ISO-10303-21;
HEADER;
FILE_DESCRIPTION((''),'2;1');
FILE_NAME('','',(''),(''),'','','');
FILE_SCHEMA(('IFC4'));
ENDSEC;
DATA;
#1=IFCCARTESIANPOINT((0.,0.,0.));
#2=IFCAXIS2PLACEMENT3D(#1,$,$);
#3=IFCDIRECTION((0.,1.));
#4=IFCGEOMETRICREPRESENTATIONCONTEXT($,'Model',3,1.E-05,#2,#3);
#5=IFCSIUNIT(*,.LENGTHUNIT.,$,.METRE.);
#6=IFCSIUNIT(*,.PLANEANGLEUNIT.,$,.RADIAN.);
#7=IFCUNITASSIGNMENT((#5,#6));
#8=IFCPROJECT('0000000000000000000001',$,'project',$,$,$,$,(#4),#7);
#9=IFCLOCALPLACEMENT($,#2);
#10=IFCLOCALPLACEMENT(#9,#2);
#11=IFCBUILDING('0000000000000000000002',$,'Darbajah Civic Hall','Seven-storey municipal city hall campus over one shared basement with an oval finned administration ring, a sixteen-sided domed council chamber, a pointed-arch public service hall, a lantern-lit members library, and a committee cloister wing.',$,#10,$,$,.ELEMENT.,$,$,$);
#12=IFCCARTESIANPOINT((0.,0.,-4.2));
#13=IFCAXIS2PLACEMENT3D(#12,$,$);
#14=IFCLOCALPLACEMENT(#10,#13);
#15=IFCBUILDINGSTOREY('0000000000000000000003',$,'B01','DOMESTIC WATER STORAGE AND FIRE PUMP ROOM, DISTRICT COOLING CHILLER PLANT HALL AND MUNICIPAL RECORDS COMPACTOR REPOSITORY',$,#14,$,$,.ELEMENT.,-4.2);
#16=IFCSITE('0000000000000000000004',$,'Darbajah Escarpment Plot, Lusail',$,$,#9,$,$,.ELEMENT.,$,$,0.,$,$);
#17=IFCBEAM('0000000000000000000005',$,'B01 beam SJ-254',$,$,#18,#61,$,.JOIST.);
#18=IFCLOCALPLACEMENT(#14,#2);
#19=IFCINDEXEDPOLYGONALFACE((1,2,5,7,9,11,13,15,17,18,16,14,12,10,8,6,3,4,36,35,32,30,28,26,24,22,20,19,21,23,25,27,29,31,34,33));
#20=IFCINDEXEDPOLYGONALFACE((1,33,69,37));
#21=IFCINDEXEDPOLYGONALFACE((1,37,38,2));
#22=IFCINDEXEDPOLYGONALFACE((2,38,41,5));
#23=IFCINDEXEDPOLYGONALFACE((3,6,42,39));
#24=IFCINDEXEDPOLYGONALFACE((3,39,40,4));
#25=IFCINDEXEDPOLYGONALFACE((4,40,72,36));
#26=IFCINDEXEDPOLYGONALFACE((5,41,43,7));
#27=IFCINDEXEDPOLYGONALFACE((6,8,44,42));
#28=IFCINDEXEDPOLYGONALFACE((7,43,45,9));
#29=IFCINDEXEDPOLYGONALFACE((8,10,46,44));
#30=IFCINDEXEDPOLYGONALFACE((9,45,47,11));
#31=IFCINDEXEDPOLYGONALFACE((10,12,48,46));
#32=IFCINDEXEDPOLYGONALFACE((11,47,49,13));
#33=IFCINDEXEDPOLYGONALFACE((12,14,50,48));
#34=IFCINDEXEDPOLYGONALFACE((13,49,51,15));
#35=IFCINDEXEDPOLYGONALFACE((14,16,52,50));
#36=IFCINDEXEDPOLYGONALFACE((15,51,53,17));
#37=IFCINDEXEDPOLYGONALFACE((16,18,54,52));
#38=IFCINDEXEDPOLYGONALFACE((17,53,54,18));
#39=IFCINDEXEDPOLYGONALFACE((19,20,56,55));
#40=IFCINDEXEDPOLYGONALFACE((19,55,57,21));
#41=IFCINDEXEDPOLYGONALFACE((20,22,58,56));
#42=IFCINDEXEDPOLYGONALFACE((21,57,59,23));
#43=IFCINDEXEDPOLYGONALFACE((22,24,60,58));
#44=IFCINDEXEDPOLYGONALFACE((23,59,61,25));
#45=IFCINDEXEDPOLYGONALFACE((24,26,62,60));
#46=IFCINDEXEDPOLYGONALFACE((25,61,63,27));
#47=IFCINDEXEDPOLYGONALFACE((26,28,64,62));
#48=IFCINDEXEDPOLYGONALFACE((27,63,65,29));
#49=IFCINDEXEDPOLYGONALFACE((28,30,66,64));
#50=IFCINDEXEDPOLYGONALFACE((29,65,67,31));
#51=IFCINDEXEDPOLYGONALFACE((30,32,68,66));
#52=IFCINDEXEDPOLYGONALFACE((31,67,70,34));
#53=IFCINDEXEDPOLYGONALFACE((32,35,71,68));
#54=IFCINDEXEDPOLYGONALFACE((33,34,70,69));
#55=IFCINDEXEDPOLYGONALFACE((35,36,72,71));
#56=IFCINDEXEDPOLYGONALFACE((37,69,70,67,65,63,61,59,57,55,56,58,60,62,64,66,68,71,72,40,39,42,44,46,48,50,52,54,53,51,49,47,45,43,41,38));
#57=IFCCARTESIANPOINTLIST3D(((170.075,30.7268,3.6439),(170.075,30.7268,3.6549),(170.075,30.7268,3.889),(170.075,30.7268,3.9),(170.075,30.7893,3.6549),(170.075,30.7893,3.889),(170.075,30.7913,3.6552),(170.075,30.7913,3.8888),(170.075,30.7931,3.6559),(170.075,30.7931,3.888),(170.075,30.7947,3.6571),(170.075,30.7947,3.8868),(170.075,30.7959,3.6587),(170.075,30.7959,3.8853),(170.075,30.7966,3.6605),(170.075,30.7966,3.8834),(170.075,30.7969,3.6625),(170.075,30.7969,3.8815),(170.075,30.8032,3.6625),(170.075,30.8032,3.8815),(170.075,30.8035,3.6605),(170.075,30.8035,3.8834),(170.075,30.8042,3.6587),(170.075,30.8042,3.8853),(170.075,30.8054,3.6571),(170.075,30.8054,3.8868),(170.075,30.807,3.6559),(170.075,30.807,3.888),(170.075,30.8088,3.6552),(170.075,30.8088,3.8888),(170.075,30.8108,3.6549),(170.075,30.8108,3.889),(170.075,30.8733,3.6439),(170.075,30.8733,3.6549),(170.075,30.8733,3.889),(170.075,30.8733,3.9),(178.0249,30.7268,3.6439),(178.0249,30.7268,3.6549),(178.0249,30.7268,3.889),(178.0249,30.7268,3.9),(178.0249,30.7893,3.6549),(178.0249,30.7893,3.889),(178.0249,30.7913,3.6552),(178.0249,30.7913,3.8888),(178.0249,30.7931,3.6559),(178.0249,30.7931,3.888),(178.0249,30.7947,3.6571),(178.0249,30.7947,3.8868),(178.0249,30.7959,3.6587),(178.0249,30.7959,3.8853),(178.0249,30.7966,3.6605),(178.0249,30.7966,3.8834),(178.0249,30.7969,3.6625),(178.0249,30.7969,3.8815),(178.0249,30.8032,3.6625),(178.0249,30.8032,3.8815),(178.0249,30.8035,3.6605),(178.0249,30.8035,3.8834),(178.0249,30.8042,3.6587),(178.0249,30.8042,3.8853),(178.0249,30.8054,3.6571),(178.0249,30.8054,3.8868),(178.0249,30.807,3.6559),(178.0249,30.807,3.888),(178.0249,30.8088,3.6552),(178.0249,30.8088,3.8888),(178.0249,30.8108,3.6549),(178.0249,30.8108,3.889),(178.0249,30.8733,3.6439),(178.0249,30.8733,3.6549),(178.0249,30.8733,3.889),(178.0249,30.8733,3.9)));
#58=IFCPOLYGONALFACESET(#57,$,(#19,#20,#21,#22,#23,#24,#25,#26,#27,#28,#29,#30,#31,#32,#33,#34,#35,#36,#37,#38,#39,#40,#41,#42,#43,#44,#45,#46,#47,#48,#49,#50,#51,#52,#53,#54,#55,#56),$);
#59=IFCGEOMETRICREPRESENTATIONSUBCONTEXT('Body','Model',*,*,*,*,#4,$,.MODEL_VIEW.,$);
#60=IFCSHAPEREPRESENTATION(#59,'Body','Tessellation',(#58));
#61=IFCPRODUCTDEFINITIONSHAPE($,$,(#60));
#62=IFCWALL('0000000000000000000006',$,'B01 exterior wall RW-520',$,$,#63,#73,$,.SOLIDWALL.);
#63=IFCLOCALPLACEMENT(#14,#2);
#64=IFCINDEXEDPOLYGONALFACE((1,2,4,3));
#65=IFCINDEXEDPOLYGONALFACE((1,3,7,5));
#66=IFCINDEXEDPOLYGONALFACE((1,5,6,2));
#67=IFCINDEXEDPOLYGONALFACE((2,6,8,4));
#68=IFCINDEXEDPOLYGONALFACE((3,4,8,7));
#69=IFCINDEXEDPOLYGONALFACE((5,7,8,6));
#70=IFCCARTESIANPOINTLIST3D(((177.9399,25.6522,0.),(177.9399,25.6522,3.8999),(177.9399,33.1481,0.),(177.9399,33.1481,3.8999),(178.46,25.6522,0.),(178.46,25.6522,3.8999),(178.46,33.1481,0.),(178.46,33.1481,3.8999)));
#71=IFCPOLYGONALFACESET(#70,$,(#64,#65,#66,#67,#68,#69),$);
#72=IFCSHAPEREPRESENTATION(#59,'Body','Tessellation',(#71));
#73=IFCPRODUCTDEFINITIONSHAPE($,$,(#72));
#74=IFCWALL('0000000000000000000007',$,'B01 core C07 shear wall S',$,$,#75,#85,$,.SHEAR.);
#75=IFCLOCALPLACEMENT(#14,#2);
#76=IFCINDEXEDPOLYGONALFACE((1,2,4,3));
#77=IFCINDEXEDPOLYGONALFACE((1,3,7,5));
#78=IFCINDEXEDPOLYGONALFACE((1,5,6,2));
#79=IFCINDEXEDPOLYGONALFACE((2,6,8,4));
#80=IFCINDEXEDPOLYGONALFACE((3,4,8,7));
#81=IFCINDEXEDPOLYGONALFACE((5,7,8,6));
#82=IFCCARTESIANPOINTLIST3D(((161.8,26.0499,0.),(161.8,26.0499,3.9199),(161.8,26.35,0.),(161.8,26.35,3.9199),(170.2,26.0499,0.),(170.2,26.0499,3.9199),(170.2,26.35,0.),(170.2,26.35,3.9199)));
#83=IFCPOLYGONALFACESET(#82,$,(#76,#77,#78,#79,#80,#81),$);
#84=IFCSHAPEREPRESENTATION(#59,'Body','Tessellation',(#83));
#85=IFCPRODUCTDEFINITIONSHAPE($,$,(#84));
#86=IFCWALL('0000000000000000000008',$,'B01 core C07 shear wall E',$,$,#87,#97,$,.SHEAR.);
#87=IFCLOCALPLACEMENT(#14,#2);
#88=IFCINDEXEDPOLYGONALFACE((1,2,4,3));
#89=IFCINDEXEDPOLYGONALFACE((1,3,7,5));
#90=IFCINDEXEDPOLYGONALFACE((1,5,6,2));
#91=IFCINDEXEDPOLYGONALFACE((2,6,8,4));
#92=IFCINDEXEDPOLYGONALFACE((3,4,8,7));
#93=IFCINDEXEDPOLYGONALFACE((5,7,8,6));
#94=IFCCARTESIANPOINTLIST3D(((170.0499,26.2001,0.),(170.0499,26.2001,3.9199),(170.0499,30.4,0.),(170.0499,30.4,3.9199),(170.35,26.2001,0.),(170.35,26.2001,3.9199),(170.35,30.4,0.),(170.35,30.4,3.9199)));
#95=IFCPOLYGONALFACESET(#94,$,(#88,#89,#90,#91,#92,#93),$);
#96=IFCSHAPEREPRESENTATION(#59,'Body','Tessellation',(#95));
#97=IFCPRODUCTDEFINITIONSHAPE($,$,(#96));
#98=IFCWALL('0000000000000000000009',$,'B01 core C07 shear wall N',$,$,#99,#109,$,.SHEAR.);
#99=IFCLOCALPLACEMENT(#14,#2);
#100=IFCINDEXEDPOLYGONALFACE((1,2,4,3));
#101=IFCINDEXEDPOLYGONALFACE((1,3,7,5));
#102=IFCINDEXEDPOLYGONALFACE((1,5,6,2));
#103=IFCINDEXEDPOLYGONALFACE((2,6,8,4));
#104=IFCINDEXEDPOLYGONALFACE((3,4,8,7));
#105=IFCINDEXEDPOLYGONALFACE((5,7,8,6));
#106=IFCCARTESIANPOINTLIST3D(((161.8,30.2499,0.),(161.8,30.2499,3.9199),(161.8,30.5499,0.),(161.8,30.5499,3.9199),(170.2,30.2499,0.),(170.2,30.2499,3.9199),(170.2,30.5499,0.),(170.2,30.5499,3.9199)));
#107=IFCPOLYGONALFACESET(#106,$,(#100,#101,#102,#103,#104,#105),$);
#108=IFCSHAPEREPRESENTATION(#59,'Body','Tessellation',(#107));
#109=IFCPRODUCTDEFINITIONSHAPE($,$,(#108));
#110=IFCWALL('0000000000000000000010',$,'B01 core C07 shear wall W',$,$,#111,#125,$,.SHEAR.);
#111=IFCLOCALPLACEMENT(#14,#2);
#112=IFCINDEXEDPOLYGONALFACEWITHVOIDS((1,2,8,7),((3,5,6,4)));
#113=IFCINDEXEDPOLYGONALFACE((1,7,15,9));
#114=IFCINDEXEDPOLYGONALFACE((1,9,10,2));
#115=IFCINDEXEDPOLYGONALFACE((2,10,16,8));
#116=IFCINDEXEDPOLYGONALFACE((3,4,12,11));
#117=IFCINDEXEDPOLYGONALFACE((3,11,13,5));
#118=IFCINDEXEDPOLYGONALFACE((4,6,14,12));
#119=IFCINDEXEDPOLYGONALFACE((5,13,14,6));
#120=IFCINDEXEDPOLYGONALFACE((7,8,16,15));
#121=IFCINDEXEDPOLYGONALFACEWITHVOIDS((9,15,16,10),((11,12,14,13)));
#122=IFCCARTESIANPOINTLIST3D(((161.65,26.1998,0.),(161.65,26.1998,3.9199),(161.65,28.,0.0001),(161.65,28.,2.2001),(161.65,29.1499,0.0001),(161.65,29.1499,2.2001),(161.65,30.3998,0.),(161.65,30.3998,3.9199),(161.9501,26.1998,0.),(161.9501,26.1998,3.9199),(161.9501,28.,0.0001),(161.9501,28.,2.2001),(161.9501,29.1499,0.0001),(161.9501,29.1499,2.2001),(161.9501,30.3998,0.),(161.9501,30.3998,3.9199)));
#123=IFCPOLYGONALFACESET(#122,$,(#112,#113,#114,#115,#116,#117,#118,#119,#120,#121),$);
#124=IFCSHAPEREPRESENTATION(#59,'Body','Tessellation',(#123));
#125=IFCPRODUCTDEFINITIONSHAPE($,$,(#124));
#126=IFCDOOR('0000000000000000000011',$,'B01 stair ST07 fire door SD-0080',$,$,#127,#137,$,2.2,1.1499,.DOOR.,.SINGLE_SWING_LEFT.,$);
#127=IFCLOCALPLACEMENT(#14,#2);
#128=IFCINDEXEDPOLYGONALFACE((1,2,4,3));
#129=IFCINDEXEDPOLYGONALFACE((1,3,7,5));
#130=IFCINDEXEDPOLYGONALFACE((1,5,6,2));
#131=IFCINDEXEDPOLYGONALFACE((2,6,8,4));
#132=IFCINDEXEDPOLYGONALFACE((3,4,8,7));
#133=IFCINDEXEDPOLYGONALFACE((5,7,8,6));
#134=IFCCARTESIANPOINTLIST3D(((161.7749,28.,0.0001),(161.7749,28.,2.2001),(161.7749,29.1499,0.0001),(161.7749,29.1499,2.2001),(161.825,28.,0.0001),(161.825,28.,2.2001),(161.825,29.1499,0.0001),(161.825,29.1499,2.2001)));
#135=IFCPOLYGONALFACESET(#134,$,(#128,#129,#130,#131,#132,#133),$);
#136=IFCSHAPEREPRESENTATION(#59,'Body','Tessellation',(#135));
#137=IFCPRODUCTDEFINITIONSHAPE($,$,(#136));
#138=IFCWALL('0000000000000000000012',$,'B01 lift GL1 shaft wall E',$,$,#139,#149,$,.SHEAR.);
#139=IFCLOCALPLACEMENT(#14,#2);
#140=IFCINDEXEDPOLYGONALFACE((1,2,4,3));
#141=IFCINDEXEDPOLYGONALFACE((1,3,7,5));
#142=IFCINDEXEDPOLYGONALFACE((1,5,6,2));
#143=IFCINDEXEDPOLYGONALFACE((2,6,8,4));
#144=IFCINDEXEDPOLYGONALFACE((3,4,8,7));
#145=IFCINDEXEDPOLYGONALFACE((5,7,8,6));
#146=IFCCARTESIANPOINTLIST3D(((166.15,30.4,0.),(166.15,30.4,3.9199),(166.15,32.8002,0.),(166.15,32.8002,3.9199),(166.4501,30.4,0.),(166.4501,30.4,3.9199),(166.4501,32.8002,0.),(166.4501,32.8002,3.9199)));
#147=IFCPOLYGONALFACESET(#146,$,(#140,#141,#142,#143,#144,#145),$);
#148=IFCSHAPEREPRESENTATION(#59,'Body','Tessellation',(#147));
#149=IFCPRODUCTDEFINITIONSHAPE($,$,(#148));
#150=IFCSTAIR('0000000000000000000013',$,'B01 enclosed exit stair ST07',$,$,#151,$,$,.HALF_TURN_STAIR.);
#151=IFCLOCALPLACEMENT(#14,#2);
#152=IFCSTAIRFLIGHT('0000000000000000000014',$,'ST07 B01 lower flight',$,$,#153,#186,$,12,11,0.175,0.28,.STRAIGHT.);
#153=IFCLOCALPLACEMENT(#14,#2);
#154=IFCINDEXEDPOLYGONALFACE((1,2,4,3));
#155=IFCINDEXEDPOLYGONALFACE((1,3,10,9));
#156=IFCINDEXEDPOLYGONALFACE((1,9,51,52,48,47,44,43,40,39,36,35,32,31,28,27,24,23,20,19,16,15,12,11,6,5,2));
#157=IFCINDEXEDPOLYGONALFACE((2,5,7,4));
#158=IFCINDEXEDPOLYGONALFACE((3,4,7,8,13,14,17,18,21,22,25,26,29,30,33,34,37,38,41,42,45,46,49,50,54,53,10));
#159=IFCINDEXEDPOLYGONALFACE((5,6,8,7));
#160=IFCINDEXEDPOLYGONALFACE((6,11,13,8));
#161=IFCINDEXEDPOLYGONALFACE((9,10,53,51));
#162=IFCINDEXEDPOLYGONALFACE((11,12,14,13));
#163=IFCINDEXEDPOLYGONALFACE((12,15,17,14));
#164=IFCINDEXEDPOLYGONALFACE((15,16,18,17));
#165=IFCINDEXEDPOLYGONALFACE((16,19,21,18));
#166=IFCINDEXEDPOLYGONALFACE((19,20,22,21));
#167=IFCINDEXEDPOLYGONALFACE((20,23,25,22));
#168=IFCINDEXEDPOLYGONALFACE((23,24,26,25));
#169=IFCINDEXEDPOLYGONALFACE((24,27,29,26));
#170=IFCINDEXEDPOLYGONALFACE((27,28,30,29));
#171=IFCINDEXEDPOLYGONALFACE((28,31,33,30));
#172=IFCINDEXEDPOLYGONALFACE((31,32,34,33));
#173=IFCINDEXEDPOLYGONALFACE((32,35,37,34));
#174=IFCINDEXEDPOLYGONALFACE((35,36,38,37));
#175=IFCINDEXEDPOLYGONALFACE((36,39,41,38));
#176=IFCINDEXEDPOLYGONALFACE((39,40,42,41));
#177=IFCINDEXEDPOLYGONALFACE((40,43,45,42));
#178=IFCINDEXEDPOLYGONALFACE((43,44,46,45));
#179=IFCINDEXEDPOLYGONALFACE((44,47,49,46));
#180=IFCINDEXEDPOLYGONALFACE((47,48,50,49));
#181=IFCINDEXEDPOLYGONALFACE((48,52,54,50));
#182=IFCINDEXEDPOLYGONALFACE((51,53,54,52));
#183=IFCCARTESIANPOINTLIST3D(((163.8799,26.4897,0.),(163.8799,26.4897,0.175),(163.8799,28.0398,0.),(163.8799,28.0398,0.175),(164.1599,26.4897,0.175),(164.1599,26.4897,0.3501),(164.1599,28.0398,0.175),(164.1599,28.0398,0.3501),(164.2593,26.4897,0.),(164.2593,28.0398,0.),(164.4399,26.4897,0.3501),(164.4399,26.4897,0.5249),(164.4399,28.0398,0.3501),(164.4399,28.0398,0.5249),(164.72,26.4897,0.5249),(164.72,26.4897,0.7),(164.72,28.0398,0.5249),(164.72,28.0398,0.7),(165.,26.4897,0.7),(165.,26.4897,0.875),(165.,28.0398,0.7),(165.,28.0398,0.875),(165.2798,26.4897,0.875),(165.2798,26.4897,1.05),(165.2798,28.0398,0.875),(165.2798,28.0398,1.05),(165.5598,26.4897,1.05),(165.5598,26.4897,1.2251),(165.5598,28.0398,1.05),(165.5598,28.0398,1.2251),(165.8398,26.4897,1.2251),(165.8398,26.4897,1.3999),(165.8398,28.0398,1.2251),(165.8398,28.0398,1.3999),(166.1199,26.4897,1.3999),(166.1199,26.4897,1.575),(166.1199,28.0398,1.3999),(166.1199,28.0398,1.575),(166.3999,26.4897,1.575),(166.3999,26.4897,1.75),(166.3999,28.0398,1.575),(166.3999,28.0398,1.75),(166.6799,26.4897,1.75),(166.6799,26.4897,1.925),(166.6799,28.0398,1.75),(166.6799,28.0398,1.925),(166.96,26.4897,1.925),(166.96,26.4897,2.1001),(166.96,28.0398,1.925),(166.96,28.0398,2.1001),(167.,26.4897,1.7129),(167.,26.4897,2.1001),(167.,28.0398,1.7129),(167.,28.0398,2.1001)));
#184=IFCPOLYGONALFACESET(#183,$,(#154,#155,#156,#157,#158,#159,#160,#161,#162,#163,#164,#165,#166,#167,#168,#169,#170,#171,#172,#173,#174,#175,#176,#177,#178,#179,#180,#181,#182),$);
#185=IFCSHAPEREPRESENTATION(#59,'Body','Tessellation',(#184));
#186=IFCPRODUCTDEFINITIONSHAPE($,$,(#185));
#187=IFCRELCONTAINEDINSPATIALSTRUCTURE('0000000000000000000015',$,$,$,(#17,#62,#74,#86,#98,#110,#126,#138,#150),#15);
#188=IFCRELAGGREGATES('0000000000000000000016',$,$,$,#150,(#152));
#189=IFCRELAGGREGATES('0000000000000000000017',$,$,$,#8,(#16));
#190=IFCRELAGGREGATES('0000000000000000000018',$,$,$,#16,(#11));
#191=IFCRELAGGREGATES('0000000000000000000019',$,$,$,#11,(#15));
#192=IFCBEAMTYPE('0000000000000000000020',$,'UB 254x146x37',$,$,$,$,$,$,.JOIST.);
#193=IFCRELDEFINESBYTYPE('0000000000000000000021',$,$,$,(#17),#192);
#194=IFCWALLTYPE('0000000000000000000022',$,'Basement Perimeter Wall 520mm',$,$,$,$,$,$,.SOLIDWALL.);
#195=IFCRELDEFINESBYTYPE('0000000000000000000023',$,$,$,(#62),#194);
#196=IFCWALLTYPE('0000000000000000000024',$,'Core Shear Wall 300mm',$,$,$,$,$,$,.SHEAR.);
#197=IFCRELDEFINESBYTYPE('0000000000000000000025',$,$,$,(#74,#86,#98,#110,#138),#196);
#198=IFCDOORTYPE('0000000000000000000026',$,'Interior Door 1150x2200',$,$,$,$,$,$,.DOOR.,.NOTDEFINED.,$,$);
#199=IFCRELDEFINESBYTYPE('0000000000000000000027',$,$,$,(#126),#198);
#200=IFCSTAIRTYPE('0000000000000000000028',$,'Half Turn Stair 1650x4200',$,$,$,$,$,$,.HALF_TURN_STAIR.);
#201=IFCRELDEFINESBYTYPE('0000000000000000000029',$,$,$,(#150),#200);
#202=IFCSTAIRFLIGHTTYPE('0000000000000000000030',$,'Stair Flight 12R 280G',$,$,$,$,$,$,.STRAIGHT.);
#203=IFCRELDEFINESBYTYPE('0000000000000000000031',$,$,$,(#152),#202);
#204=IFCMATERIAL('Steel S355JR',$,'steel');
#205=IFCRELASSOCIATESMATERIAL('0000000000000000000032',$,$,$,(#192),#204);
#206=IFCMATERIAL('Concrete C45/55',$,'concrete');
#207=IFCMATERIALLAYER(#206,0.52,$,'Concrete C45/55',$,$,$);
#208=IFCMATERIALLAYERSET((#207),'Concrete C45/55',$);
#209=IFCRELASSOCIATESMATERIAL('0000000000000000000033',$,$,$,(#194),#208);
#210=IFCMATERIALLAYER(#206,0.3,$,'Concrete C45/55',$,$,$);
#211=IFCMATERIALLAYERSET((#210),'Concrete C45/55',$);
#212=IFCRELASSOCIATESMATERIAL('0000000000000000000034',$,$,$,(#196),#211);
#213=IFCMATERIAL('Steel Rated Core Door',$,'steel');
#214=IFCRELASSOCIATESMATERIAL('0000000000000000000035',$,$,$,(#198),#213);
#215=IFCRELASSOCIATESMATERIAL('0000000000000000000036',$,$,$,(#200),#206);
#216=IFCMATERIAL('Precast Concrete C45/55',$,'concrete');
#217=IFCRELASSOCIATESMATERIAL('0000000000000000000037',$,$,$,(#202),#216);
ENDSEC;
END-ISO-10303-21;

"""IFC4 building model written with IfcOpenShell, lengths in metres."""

from ifc_helpers import new_model, si_unit, direction, frame, frame_2d, origin, origin_2d, place, context, subcontext, project, spatial, polyline, rectangle, i_section, outline, extrude, material, layer, layer_set, material_profile, profile_set, type_object, element, fill, aggregate, save


model = new_model("IFC4")

# Units and contexts
model_context = context("Model", 3, precision=1e-05, world=origin(), true_north=direction((0.0, 1.0)))
body_context = subcontext(model_context, "Body", "Model", "MODEL_VIEW")
ifc_project = project(units=[si_unit("LENGTHUNIT", "METRE"), si_unit("PLANEANGLEUNIT", "RADIAN")], contexts=[model_context])

# Site, building, storey
site_placement = place(None, origin())
site = spatial("IfcSite", under=ifc_project, at=site_placement, Name="Darbajah Escarpment Plot, Lusail", CompositionType="ELEMENT", RefElevation=0.0)
building_placement = place(site_placement, origin())
building = spatial("IfcBuilding", under=site, at=building_placement, Name="Darbajah Civic Hall", Description="Seven-storey municipal city hall campus over one shared basement with an oval finned administration ring, a sixteen-sided domed council chamber, a pointed-arch public service hall, a lantern-lit members library, and a committee cloister wing.", CompositionType="ELEMENT")
storey_placement = place(building_placement, frame((0.0, 0.0, -4.2)))
storey = spatial("IfcBuildingStorey", under=building, at=storey_placement, Name="B01", Description="DOMESTIC WATER STORAGE AND FIRE PUMP ROOM, DISTRICT COOLING CHILLER PLANT HALL AND MUNICIPAL RECORDS COMPACTOR REPOSITORY", CompositionType="ELEMENT", Elevation=-4.2)

# Shared definitions
ifc_material_1 = material(Name="Concrete C45/55", Category="concrete")

# Beam
ifc_material_2 = material(Name="Steel S355JR", Category="steel")
ifc_material_profile_1 = material_profile(ifc_material_2, i_section(OverallWidth=0.1465, OverallDepth=0.2561, WebThickness=0.0063, FlangeThickness=0.011, FilletRadius=0.0076, at=origin_2d()), Name="UB 254x146x37")
ifc_profile_set_1 = profile_set([ifc_material_profile_1], Name="Steel S355JR")
beam_type_1 = type_object("IfcBeamType", Name="UB 254x146x37", PredefinedType="JOIST", material=ifc_profile_set_1)
beam_1_placement = place(storey_placement, frame((170.075, 30.8, 3.772), z_axis=(1.0, 0.0, 0.0), x_axis=(0.0, 1.0, 0.0)))
element("IfcBeam", 1, at=beam_1_placement, inside=storey, type_object=beam_type_1, Name="B01 beam SJ-254", PredefinedType="JOIST", context=body_context, shape_type="SweptSolid", body=[
    extrude(i_section(OverallWidth=0.1465, OverallDepth=0.2561, WebThickness=0.0063, FlangeThickness=0.011, FilletRadius=0.0076, at=origin_2d()), origin(), (0.0, 0.0, 1.0), 7.95),
])

# Walls
ifc_layer_1 = layer(ifc_material_1, 0.52, Name="Concrete C45/55")
ifc_layer_set_1 = layer_set([ifc_layer_1], Name="Concrete C45/55")
wall_type_1 = type_object("IfcWallType", Name="Basement Perimeter Wall 520mm", PredefinedType="SOLIDWALL", material=ifc_layer_set_1)
wall_1_placement = place(storey_placement, frame((178.2, 25.6521, 0.0), z_axis=(0.0, 0.0, 1.0), x_axis=(0.0, 1.0, 0.0)))
element("IfcWall", 2, at=wall_1_placement, inside=storey, type_object=wall_type_1, Name="B01 exterior wall RW-520", PredefinedType="SOLIDWALL", context=body_context, shape_type="SweptSolid", body=[
    extrude(rectangle(XDim=7.4958, YDim=0.52, at=frame_2d((3.748, 0.0))), origin(), (0.0, 0.0, 1.0), 3.8999),
])
ifc_layer_2 = layer(ifc_material_1, 0.3, Name="Concrete C45/55")
ifc_layer_set_2 = layer_set([ifc_layer_2], Name="Concrete C45/55")
wall_type_2 = type_object("IfcWallType", Name="Core Shear Wall 300mm", PredefinedType="SHEAR", material=ifc_layer_set_2)
wall_2_placement = place(storey_placement, frame((161.8, 26.2, 0.0), z_axis=(0.0, 0.0, 1.0), x_axis=(1.0, 0.0, 0.0)))
element("IfcWall", 3, at=wall_2_placement, inside=storey, type_object=wall_type_2, Name="B01 core C07 shear wall S", PredefinedType="SHEAR", context=body_context, shape_type="SweptSolid", body=[
    extrude(rectangle(XDim=8.3999, YDim=0.3, at=frame_2d((4.2, 0.0))), origin(), (0.0, 0.0, 1.0), 3.9199),
])
wall_3_placement = place(storey_placement, frame((170.2, 26.2, 0.0), z_axis=(0.0, 0.0, 1.0), x_axis=(0.0, 1.0, 0.0)))
element("IfcWall", 4, at=wall_3_placement, inside=storey, type_object=wall_type_2, Name="B01 core C07 shear wall E", PredefinedType="SHEAR", context=body_context, shape_type="SweptSolid", body=[
    extrude(rectangle(XDim=4.2, YDim=0.3, at=frame_2d((2.1001, 0.0))), origin(), (0.0, 0.0, 1.0), 3.9199),
])
wall_4_placement = place(storey_placement, frame((170.2, 30.3999, 0.0), z_axis=(0.0, 0.0, 1.0), x_axis=(-1.0, 0.0, 0.0)))
element("IfcWall", 5, at=wall_4_placement, inside=storey, type_object=wall_type_2, Name="B01 core C07 shear wall N", PredefinedType="SHEAR", context=body_context, shape_type="SweptSolid", body=[
    extrude(rectangle(XDim=8.3999, YDim=0.3, at=frame_2d((4.2, 0.0))), origin(), (0.0, 0.0, 1.0), 3.9199),
])

# Wall, opening, door
wall_5_placement = place(storey_placement, frame((161.8, 30.3999, 0.0), z_axis=(0.0, 0.0, 1.0), x_axis=(0.0, -1.0, 0.0)))
wall_5 = element("IfcWall", 6, at=wall_5_placement, inside=storey, type_object=wall_type_2, Name="B01 core C07 shear wall W", PredefinedType="SHEAR", context=body_context, shape_type="SweptSolid", body=[
    extrude(rectangle(XDim=4.2, YDim=0.3, at=frame_2d((2.1001, 0.0))), origin(), (0.0, 0.0, 1.0), 3.9199),
])
opening_placement = place(wall_5_placement, frame((1.25, 0.0, 0.0)))
opening = element("IfcOpeningElement", 7, at=opening_placement, cuts=wall_5, PredefinedType="OPENING", context=body_context, shape_type="SweptSolid", body=[
    extrude(rectangle(XDim=1.1499, YDim=2.2, at=frame_2d((0.575, 1.1001))), frame((0.0, 0.1599, 0.0), z_axis=(0.0, -1.0, 0.0), x_axis=(1.0, 0.0, 0.0)), (0.0, 0.0, 1.0), 0.3201),
])
ifc_material_3 = material(Name="Steel Rated Core Door", Category="steel")
door_type = type_object("IfcDoorType", Name="Interior Door 1150x2200", OperationType="NOTDEFINED", PredefinedType="DOOR", material=ifc_material_3)
door_placement = place(opening_placement, origin())
door = element("IfcDoor", 8, at=door_placement, inside=storey, type_object=door_type, Name="B01 stair ST07 fire door SD-0080", OperationType="SINGLE_SWING_LEFT", OverallHeight=2.2, OverallWidth=1.1499, PredefinedType="DOOR", context=body_context, shape_type="SweptSolid", body=[
    extrude(rectangle(XDim=1.1499, YDim=2.2, at=frame_2d((0.575, 1.1001))), frame((0.0, 0.0249, 0.0), z_axis=(0.0, -1.0, 0.0), x_axis=(1.0, 0.0, 0.0)), (0.0, 0.0, 1.0), 0.05),
])
fill(opening, door)

# Wall
wall_6_placement = place(storey_placement, frame((166.3, 30.3999, 0.0), z_axis=(0.0, 0.0, 1.0), x_axis=(0.0, 1.0, 0.0)))
element("IfcWall", 9, at=wall_6_placement, inside=storey, type_object=wall_type_2, Name="B01 lift GL1 shaft wall E", PredefinedType="SHEAR", context=body_context, shape_type="SweptSolid", body=[
    extrude(rectangle(XDim=2.4001, YDim=0.3, at=frame_2d((1.2002, 0.0))), origin(), (0.0, 0.0, 1.0), 3.9199),
])

# Stair, stair flight
stair_type = type_object("IfcStairType", Name="Half Turn Stair 1650x4200", PredefinedType="HALF_TURN_STAIR", material=ifc_material_1)
stair_placement = place(storey_placement, origin())
stair = element("IfcStair", 10, at=stair_placement, inside=storey, type_object=stair_type, Name="B01 enclosed exit stair ST07", PredefinedType="HALF_TURN_STAIR")
ifc_material_4 = material(Name="Precast Concrete C45/55", Category="concrete")
stair_flight_type = type_object("IfcStairFlightType", Name="Stair Flight 12R 280G", PredefinedType="STRAIGHT", material=ifc_material_4)
stair_flight_1_placement = place(storey_placement, frame((163.8799, 27.2649, 0.0), z_axis=(0.0, 0.0, 1.0), x_axis=(1.0, 0.0, 0.0)))
stair_flight_1 = element("IfcStairFlight", 11, at=stair_flight_1_placement, type_object=stair_flight_type, Name="ST07 B01 lower flight", NumberOfRisers=12, NumberOfTreads=11, PredefinedType="STRAIGHT", RiserHeight=0.175, TreadLength=0.28, context=body_context, shape_type="SweptSolid", body=[
    extrude(outline(polyline([(0.0, 0.0), (0.0, 0.175), (0.28, 0.175), (0.28, 0.3501), (0.5601, 0.3501), (0.5601, 0.5249), (0.8401, 0.5249), (0.8401, 0.7), (1.1201, 0.7), (1.1201, 0.875), (1.3999, 0.875), (1.3999, 1.05), (1.6799, 1.05), (1.6799, 1.2251), (1.96, 1.2251), (1.96, 1.3999), (2.24, 1.3999), (2.24, 1.575), (2.52, 1.575), (2.52, 1.75), (2.8, 1.75), (2.8, 1.925), (3.0801, 1.925), (3.0801, 2.1001), (3.1201, 2.1001), (3.1201, 1.7129), (0.3794, 0.0), (0.0, 0.0)])), frame((0.0, 0.7749, 0.0), z_axis=(0.0, -1.0, 0.0), x_axis=(1.0, 0.0, 0.0)), (0.0, 0.0, 1.0), 1.55),
])
aggregate(stair, [stair_flight_1])

save(model, "model.ifc")
